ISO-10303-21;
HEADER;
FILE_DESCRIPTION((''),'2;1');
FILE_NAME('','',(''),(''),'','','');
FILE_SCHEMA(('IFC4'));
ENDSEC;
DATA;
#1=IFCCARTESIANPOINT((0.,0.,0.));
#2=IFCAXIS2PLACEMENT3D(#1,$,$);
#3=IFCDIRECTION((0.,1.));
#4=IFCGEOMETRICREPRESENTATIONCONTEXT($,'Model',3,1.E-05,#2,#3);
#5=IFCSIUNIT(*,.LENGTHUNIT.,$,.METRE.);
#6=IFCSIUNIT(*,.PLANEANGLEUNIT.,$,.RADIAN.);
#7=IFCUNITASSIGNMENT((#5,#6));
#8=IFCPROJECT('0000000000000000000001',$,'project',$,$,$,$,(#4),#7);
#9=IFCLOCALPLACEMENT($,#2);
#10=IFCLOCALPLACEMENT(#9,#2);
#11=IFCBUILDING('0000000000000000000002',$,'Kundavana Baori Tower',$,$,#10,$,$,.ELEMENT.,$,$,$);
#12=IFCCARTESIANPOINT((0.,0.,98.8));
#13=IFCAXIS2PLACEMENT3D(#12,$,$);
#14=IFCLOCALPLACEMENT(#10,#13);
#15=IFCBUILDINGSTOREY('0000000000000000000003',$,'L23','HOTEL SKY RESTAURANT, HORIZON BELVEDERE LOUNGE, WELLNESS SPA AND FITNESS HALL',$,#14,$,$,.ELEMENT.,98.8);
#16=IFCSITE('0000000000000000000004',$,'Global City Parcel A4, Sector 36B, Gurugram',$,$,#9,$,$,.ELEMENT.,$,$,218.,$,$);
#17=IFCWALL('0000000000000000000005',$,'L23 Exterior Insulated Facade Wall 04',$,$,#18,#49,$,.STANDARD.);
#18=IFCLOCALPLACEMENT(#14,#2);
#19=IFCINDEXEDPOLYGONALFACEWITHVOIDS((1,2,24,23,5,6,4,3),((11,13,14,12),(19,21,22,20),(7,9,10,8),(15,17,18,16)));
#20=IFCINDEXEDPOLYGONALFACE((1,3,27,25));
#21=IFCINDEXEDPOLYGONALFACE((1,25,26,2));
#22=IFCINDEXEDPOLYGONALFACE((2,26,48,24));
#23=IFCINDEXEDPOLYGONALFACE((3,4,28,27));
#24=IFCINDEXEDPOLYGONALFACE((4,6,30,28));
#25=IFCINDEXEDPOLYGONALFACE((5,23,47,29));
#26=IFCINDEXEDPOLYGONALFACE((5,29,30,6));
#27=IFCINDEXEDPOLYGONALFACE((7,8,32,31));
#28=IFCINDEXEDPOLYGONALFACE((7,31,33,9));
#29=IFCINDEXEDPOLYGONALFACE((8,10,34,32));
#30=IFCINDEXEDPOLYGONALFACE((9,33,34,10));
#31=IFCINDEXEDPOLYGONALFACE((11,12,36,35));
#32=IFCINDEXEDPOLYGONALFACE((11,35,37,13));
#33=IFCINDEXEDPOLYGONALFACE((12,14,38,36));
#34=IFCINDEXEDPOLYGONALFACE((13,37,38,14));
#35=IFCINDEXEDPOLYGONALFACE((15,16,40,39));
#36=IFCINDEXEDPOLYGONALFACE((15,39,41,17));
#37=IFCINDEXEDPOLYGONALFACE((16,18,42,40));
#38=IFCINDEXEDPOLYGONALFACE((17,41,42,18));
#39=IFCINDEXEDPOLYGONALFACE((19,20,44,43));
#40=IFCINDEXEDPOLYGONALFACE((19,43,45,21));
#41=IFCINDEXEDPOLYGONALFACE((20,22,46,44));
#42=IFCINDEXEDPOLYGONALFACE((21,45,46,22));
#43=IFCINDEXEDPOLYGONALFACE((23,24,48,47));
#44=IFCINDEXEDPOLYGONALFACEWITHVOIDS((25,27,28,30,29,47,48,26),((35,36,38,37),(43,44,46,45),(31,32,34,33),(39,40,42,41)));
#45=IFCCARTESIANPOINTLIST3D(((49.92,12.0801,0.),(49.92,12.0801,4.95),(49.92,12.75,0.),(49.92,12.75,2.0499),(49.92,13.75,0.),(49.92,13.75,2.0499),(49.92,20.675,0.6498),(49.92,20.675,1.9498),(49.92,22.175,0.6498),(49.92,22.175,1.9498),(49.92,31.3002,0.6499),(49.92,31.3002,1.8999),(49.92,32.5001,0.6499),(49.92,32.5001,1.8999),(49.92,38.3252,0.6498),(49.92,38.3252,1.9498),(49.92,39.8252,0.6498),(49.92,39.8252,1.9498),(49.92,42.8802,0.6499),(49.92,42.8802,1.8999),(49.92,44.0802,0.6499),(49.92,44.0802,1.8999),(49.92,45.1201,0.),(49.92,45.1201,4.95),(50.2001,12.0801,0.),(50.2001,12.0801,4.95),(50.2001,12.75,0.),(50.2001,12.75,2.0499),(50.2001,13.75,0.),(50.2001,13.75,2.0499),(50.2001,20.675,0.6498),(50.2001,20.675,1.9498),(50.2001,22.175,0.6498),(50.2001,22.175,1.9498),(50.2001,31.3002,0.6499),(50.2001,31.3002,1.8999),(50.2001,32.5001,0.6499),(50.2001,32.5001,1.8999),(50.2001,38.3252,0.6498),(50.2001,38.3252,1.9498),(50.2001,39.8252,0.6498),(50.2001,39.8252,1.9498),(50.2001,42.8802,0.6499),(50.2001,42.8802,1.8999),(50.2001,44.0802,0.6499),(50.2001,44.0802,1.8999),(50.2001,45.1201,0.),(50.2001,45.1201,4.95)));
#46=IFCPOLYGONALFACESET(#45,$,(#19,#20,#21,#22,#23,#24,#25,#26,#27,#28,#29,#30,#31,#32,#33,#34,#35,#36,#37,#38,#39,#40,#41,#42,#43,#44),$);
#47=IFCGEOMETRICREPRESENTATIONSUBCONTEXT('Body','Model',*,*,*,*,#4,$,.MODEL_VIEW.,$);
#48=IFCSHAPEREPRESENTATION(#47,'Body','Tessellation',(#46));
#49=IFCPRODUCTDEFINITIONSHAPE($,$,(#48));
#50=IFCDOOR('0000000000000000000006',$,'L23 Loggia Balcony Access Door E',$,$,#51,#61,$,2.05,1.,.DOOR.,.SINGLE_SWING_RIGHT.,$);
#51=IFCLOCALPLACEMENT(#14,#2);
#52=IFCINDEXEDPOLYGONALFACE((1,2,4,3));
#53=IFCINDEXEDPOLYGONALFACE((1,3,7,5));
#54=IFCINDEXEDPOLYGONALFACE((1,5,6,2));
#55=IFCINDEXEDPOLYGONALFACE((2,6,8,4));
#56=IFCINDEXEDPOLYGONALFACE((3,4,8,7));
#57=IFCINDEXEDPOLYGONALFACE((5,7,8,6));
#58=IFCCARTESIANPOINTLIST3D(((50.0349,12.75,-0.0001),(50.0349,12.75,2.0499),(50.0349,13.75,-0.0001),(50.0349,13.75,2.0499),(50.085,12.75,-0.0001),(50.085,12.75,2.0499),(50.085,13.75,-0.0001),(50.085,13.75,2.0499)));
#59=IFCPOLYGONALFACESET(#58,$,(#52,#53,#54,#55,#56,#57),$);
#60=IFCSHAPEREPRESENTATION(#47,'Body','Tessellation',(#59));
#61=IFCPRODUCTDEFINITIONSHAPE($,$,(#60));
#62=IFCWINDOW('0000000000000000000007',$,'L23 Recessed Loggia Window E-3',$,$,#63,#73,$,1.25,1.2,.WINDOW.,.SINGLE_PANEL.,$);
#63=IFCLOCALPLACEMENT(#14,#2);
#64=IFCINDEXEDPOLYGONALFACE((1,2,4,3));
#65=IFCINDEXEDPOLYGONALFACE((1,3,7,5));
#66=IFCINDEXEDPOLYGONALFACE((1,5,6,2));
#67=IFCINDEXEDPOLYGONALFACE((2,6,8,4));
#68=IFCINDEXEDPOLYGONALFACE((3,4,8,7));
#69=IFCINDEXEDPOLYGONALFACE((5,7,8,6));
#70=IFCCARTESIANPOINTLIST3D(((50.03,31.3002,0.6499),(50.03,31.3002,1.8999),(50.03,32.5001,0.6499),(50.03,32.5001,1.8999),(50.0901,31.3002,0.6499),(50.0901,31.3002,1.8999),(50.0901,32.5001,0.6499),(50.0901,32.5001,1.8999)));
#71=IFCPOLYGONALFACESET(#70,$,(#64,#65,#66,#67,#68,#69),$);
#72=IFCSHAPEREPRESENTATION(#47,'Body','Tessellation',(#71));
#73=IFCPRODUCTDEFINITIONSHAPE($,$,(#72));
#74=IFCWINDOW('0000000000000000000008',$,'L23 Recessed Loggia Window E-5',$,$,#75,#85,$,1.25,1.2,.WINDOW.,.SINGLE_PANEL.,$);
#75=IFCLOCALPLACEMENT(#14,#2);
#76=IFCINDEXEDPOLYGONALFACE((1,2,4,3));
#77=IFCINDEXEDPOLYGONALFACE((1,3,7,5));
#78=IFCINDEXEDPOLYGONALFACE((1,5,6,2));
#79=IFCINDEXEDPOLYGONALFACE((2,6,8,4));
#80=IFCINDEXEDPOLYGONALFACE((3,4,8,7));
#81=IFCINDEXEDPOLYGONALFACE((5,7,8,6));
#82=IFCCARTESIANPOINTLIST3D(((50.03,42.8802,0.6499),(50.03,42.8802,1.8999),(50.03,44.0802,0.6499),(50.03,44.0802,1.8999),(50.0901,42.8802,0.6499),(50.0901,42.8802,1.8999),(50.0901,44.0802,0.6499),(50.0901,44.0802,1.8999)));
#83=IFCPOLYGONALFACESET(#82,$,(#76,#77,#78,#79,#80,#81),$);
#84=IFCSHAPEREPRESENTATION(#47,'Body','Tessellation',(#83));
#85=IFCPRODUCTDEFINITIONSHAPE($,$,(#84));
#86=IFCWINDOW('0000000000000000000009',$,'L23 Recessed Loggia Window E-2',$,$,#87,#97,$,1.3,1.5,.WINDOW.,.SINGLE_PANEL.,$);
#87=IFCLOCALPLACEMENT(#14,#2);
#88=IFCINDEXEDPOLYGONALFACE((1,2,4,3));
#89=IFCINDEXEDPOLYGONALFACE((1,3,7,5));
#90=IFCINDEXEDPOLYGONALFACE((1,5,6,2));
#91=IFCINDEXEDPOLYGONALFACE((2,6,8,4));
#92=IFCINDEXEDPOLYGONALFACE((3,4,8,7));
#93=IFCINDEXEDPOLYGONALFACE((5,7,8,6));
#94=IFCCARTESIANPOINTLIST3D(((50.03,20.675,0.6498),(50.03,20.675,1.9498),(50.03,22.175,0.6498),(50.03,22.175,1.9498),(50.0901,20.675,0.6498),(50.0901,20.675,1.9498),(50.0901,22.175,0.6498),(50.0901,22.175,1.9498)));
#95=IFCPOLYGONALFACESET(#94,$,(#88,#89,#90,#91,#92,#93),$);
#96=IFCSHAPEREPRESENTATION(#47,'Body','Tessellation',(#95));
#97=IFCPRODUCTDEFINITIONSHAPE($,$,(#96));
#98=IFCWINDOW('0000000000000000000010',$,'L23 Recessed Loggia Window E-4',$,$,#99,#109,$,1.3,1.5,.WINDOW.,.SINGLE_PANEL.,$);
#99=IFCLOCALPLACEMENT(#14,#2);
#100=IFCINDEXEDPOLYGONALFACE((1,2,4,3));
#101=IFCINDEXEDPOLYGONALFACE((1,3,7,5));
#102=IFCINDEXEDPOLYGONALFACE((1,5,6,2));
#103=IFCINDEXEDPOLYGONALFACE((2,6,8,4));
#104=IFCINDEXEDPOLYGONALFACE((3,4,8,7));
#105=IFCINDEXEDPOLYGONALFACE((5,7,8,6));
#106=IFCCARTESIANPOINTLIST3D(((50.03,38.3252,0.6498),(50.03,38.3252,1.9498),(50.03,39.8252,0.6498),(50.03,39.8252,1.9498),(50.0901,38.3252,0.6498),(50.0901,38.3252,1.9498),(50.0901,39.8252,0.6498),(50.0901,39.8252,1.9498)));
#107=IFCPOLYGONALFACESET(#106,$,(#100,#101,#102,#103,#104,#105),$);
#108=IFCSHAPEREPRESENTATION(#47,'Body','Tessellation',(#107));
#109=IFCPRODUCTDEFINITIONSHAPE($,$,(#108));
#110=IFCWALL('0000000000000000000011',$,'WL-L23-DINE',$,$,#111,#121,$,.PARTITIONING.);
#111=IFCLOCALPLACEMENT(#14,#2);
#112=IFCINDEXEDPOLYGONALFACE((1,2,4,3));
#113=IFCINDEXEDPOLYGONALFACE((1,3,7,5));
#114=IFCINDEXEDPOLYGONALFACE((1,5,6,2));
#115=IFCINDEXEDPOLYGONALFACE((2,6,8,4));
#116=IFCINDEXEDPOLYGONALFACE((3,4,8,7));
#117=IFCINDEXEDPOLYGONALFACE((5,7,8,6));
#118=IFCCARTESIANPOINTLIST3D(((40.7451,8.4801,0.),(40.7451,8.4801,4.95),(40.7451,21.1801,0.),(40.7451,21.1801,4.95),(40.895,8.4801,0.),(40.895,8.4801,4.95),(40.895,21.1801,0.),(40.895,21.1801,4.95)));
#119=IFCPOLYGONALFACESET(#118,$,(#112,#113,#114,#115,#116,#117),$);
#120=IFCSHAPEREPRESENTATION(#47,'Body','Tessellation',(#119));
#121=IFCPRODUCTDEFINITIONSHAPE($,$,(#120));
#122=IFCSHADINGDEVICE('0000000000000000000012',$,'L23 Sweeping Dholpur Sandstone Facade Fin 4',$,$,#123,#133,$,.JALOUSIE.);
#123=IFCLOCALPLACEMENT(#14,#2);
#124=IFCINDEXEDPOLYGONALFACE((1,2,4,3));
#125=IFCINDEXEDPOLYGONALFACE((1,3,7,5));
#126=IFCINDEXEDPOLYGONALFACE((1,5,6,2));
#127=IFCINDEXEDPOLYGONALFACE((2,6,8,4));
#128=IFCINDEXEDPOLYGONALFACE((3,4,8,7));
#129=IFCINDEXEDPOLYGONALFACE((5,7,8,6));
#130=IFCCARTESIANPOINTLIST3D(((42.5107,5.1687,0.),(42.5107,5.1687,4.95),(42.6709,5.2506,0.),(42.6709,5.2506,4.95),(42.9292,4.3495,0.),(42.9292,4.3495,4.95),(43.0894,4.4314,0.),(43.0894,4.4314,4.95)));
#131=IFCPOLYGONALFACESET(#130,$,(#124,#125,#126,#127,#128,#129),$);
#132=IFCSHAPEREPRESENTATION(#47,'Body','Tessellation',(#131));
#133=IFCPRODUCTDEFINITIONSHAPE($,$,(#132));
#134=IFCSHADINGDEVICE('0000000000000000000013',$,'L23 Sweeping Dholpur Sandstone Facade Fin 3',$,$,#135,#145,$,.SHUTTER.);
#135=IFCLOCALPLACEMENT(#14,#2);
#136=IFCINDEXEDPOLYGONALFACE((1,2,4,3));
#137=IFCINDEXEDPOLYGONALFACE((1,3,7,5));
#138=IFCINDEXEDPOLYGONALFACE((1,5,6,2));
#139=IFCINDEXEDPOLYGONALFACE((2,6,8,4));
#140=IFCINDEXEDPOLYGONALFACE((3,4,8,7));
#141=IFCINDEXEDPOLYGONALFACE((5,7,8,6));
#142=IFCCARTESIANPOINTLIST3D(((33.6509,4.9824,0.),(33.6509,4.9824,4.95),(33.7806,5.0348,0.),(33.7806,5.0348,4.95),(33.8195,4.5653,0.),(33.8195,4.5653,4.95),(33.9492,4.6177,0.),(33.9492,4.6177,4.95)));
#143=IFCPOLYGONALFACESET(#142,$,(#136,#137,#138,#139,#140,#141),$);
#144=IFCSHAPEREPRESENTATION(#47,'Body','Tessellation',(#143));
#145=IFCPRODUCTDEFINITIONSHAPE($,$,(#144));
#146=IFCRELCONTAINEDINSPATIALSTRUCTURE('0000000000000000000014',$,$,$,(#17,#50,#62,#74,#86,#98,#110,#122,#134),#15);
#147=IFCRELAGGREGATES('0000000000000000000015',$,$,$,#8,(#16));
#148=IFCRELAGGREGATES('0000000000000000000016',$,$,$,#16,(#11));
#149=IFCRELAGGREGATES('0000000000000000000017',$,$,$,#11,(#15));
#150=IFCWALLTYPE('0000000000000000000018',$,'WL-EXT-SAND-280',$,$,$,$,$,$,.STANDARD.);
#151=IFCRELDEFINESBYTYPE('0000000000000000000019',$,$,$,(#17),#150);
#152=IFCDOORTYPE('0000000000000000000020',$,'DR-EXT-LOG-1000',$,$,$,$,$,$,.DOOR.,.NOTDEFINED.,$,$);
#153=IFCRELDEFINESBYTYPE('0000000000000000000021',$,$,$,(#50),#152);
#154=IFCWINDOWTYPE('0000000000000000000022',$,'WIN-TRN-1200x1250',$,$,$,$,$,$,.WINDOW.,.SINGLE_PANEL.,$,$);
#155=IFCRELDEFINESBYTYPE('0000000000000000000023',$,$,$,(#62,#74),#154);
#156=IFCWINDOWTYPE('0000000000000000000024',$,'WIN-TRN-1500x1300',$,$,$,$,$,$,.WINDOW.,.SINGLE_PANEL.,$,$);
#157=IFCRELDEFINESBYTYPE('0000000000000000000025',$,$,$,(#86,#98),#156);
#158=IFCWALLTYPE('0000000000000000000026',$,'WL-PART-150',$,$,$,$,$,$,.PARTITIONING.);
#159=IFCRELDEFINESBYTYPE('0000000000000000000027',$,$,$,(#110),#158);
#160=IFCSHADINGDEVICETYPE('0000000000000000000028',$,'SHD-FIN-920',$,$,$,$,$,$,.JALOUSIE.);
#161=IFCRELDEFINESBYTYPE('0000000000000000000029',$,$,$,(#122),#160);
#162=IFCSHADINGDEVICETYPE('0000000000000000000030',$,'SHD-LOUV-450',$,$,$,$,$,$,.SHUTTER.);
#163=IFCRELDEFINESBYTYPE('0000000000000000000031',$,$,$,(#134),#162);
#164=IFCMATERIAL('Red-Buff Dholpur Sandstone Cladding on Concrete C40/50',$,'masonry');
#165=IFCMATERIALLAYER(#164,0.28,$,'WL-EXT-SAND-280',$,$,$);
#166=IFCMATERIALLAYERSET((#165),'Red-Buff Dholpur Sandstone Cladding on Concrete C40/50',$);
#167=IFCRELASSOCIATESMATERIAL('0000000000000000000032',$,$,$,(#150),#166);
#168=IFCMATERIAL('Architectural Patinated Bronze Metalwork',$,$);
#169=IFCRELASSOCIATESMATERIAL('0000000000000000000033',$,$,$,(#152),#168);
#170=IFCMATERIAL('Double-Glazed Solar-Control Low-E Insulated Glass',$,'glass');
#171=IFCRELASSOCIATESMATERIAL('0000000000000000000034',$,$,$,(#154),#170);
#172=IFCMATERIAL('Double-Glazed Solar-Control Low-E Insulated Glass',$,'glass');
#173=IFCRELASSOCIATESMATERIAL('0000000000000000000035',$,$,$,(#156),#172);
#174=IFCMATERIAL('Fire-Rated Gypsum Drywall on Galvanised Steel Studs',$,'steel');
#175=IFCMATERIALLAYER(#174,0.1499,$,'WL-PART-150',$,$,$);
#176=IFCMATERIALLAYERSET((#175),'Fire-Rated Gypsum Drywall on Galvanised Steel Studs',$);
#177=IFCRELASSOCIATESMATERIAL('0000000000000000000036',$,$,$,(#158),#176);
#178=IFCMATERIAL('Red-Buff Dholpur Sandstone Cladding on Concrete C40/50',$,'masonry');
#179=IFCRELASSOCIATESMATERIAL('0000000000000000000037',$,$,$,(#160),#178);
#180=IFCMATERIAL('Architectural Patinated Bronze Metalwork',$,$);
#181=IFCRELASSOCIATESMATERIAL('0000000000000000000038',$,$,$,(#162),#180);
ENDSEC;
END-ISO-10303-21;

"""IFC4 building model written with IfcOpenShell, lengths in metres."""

from ifc_helpers import new_model, si_unit, direction, frame, frame_2d, origin, origin_2d, place, context, subcontext, project, spatial, rectangle, extrude, material, layer, layer_set, type_object, element, fill, save


model = new_model("IFC4")

# Units and contexts
model_context = context("Model", 3, precision=1e-05, world=origin(), true_north=direction((0.0, 1.0)))
body_context = subcontext(model_context, "Body", "Model", "MODEL_VIEW")
ifc_project = project(units=[si_unit("LENGTHUNIT", "METRE"), si_unit("PLANEANGLEUNIT", "RADIAN")], contexts=[model_context])

# Site, building, storey
site_placement = place(None, origin())
site = spatial("IfcSite", under=ifc_project, at=site_placement, Name="Global City Parcel A4, Sector 36B, Gurugram", CompositionType="ELEMENT", RefElevation=218.0)
building_placement = place(site_placement, origin())
building = spatial("IfcBuilding", under=site, at=building_placement, Name="Kundavana Baori Tower", CompositionType="ELEMENT")
storey_placement = place(building_placement, frame((0.0, 0.0, 98.8)))
storey = spatial("IfcBuildingStorey", under=building, at=storey_placement, Name="L23", Description="HOTEL SKY RESTAURANT, HORIZON BELVEDERE LOUNGE, WELLNESS SPA AND FITNESS HALL", CompositionType="ELEMENT", Elevation=98.8)

# Shared definitions
ifc_material_1 = material(Name="Red-Buff Dholpur Sandstone Cladding on Concrete C40/50", Category="masonry")
ifc_layer_1 = layer(ifc_material_1, 0.28, Name="WL-EXT-SAND-280")
ifc_layer_set_1 = layer_set([ifc_layer_1], Name="Red-Buff Dholpur Sandstone Cladding on Concrete C40/50")
wall_type_1 = type_object("IfcWallType", Name="WL-EXT-SAND-280", PredefinedType="STANDARD", material=ifc_layer_set_1)

# Wall, openings, door, windows
wall_1_placement = place(storey_placement, frame((50.0601, 12.0801, 0.0), z_axis=(0.0, 0.0, 1.0), x_axis=(0.0, 1.0, 0.0)))
wall_1 = element("IfcWall", 1, at=wall_1_placement, inside=storey, type_object=wall_type_1, Name="L23 Exterior Insulated Facade Wall 04", PredefinedType="STANDARD", context=body_context, shape_type="SweptSolid", body=[
    extrude(rectangle(XDim=33.04, YDim=0.28, at=frame_2d((16.52, 0.0))), origin(), (0.0, 0.0, 1.0), 4.95),
])
opening_1_placement = place(wall_1_placement, frame((0.6699, 0.0, 0.0)))
opening_1 = element("IfcOpeningElement", 2, at=opening_1_placement, cuts=wall_1, PredefinedType="OPENING", context=body_context, shape_type="SweptSolid", body=[
    extrude(rectangle(XDim=1.0, YDim=2.05, at=frame_2d((0.5, 1.0249))), frame((0.0, 0.1499, 0.0), z_axis=(0.0, -1.0, 0.0), x_axis=(1.0, 0.0, 0.0)), (0.0, 0.0, 1.0), 0.3),
])
opening_2_placement = place(wall_1_placement, frame((8.595, 0.0, 0.6499)))
opening_2 = element("IfcOpeningElement", 3, at=opening_2_placement, cuts=wall_1, PredefinedType="OPENING", context=body_context, shape_type="SweptSolid", body=[
    extrude(rectangle(XDim=1.5, YDim=1.3, at=frame_2d((0.75, 0.6499))), frame((0.0, 0.1499, 0.0), z_axis=(0.0, -1.0, 0.0), x_axis=(1.0, 0.0, 0.0)), (0.0, 0.0, 1.0), 0.3),
])
opening_3_placement = place(wall_1_placement, frame((19.22, 0.0, 0.6499)))
opening_3 = element("IfcOpeningElement", 4, at=opening_3_placement, cuts=wall_1, PredefinedType="OPENING", context=body_context, shape_type="SweptSolid", body=[
    extrude(rectangle(XDim=1.2, YDim=1.25, at=frame_2d((0.6001, 0.625))), frame((0.0, 0.1499, 0.0), z_axis=(0.0, -1.0, 0.0), x_axis=(1.0, 0.0, 0.0)), (0.0, 0.0, 1.0), 0.3),
])
opening_4_placement = place(wall_1_placement, frame((26.2451, 0.0, 0.6499)))
opening_4 = element("IfcOpeningElement", 5, at=opening_4_placement, cuts=wall_1, PredefinedType="OPENING", context=body_context, shape_type="SweptSolid", body=[
    extrude(rectangle(XDim=1.5, YDim=1.3, at=frame_2d((0.75, 0.6499))), frame((0.0, 0.1499, 0.0), z_axis=(0.0, -1.0, 0.0), x_axis=(1.0, 0.0, 0.0)), (0.0, 0.0, 1.0), 0.3),
])
opening_5_placement = place(wall_1_placement, frame((30.8, 0.0, 0.6499)))
opening_5 = element("IfcOpeningElement", 6, at=opening_5_placement, cuts=wall_1, PredefinedType="OPENING", context=body_context, shape_type="SweptSolid", body=[
    extrude(rectangle(XDim=1.2, YDim=1.25, at=frame_2d((0.6001, 0.625))), frame((0.0, 0.1499, 0.0), z_axis=(0.0, -1.0, 0.0), x_axis=(1.0, 0.0, 0.0)), (0.0, 0.0, 1.0), 0.3),
])
ifc_material_2 = material(Name="Architectural Patinated Bronze Metalwork")
door_type = type_object("IfcDoorType", Name="DR-EXT-LOG-1000", OperationType="NOTDEFINED", PredefinedType="DOOR", material=ifc_material_2)
door_placement = place(opening_1_placement, frame((1.0, 0.0, 0.0), z_axis=(0.0, 0.0, 1.0), x_axis=(-1.0, 0.0, 0.0)))
door = element("IfcDoor", 7, at=door_placement, inside=storey, type_object=door_type, Name="L23 Loggia Balcony Access Door E", OperationType="SINGLE_SWING_RIGHT", OverallHeight=2.05, OverallWidth=1.0, PredefinedType="DOOR", context=body_context, shape_type="SweptSolid", body=[
    extrude(rectangle(XDim=1.0, YDim=2.05, at=frame_2d((0.5, 1.0249))), frame((0.0, 0.0249, 0.0), z_axis=(0.0, -1.0, 0.0), x_axis=(1.0, 0.0, 0.0)), (0.0, 0.0, 1.0), 0.05),
])
fill(opening_1, door)
ifc_material_3 = material(Name="Double-Glazed Solar-Control Low-E Insulated Glass", Category="glass")
window_type_1 = type_object("IfcWindowType", Name="WIN-TRN-1200x1250", PartitioningType="SINGLE_PANEL", PredefinedType="WINDOW", material=ifc_material_3)
window_1_placement = place(opening_3_placement, origin())
window_1 = element("IfcWindow", 8, at=window_1_placement, inside=storey, type_object=window_type_1, Name="L23 Recessed Loggia Window E-3", OverallHeight=1.25, OverallWidth=1.2, PartitioningType="SINGLE_PANEL", PredefinedType="WINDOW", context=body_context, shape_type="SweptSolid", body=[
    extrude(rectangle(XDim=1.2, YDim=1.25, at=frame_2d((0.6001, 0.625))), frame((0.0, 0.03, 0.0), z_axis=(0.0, -1.0, 0.0), x_axis=(1.0, 0.0, 0.0)), (0.0, 0.0, 1.0), 0.0601),
])
fill(opening_3, window_1)
window_2_placement = place(opening_5_placement, origin())
window_2 = element("IfcWindow", 9, at=window_2_placement, inside=storey, type_object=window_type_1, Name="L23 Recessed Loggia Window E-5", OverallHeight=1.25, OverallWidth=1.2, PartitioningType="SINGLE_PANEL", PredefinedType="WINDOW", context=body_context, shape_type="SweptSolid", body=[
    extrude(rectangle(XDim=1.2, YDim=1.25, at=frame_2d((0.6001, 0.625))), frame((0.0, 0.03, 0.0), z_axis=(0.0, -1.0, 0.0), x_axis=(1.0, 0.0, 0.0)), (0.0, 0.0, 1.0), 0.0601),
])
fill(opening_5, window_2)
ifc_material_4 = material(Name="Double-Glazed Solar-Control Low-E Insulated Glass", Category="glass")
window_type_2 = type_object("IfcWindowType", Name="WIN-TRN-1500x1300", PartitioningType="SINGLE_PANEL", PredefinedType="WINDOW", material=ifc_material_4)
window_3_placement = place(opening_2_placement, origin())
window_3 = element("IfcWindow", 10, at=window_3_placement, inside=storey, type_object=window_type_2, Name="L23 Recessed Loggia Window E-2", OverallHeight=1.3, OverallWidth=1.5, PartitioningType="SINGLE_PANEL", PredefinedType="WINDOW", context=body_context, shape_type="SweptSolid", body=[
    extrude(rectangle(XDim=1.5, YDim=1.3, at=frame_2d((0.75, 0.6499))), frame((0.0, 0.03, 0.0), z_axis=(0.0, -1.0, 0.0), x_axis=(1.0, 0.0, 0.0)), (0.0, 0.0, 1.0), 0.0601),
])
fill(opening_2, window_3)
window_4_placement = place(opening_4_placement, origin())
window_4 = element("IfcWindow", 11, at=window_4_placement, inside=storey, type_object=window_type_2, Name="L23 Recessed Loggia Window E-4", OverallHeight=1.3, OverallWidth=1.5, PartitioningType="SINGLE_PANEL", PredefinedType="WINDOW", context=body_context, shape_type="SweptSolid", body=[
    extrude(rectangle(XDim=1.5, YDim=1.3, at=frame_2d((0.75, 0.6499))), frame((0.0, 0.03, 0.0), z_axis=(0.0, -1.0, 0.0), x_axis=(1.0, 0.0, 0.0)), (0.0, 0.0, 1.0), 0.0601),
])
fill(opening_4, window_4)

# Wall
ifc_material_5 = material(Name="Fire-Rated Gypsum Drywall on Galvanised Steel Studs", Category="steel")
ifc_layer_2 = layer(ifc_material_5, 0.1499, Name="WL-PART-150")
ifc_layer_set_2 = layer_set([ifc_layer_2], Name="Fire-Rated Gypsum Drywall on Galvanised Steel Studs")
wall_type_2 = type_object("IfcWallType", Name="WL-PART-150", PredefinedType="PARTITIONING", material=ifc_layer_set_2)
wall_2_placement = place(storey_placement, frame((40.8201, 8.48, 0.0), z_axis=(0.0, 0.0, 1.0), x_axis=(0.0, 1.0, 0.0)))
element("IfcWall", 12, at=wall_2_placement, inside=storey, type_object=wall_type_2, Name="WL-L23-DINE", PredefinedType="PARTITIONING", context=body_context, shape_type="SweptSolid", body=[
    extrude(rectangle(XDim=12.7, YDim=0.1499, at=frame_2d((6.3501, 0.0))), origin(), (0.0, 0.0, 1.0), 4.95),
])

# Shading devices
ifc_material_6 = material(Name="Red-Buff Dholpur Sandstone Cladding on Concrete C40/50", Category="masonry")
shading_device_type_1 = type_object("IfcShadingDeviceType", Name="SHD-FIN-920", PredefinedType="JALOUSIE", material=ifc_material_6)
shading_device_1_placement = place(storey_placement, frame((42.8, 4.8, 0.0), z_axis=(0.0, 0.0, 1.0), x_axis=(0.890531, 0.454923, 0.0)))
element("IfcShadingDevice", 13, at=shading_device_1_placement, inside=storey, type_object=shading_device_type_1, Name="L23 Sweeping Dholpur Sandstone Facade Fin 4", PredefinedType="JALOUSIE", context=body_context, shape_type="SweptSolid", body=[
    extrude(rectangle(XDim=0.1799, YDim=0.9199, at=origin_2d()), origin(), (0.0, 0.0, 1.0), 4.95),
])
ifc_material_7 = material(Name="Architectural Patinated Bronze Metalwork")
shading_device_type_2 = type_object("IfcShadingDeviceType", Name="SHD-LOUV-450", PredefinedType="SHUTTER", material=ifc_material_7)
shading_device_2_placement = place(storey_placement, frame((33.8, 4.8, 0.0), z_axis=(0.0, 0.0, 1.0), x_axis=(0.927118, 0.374768, 0.0)))
element("IfcShadingDevice", 14, at=shading_device_2_placement, inside=storey, type_object=shading_device_type_2, Name="L23 Sweeping Dholpur Sandstone Facade Fin 3", PredefinedType="SHUTTER", context=body_context, shape_type="SweptSolid", body=[
    extrude(rectangle(XDim=0.1399, YDim=0.45, at=origin_2d()), origin(), (0.0, 0.0, 1.0), 4.95),
])

save(model, "model.ifc")
